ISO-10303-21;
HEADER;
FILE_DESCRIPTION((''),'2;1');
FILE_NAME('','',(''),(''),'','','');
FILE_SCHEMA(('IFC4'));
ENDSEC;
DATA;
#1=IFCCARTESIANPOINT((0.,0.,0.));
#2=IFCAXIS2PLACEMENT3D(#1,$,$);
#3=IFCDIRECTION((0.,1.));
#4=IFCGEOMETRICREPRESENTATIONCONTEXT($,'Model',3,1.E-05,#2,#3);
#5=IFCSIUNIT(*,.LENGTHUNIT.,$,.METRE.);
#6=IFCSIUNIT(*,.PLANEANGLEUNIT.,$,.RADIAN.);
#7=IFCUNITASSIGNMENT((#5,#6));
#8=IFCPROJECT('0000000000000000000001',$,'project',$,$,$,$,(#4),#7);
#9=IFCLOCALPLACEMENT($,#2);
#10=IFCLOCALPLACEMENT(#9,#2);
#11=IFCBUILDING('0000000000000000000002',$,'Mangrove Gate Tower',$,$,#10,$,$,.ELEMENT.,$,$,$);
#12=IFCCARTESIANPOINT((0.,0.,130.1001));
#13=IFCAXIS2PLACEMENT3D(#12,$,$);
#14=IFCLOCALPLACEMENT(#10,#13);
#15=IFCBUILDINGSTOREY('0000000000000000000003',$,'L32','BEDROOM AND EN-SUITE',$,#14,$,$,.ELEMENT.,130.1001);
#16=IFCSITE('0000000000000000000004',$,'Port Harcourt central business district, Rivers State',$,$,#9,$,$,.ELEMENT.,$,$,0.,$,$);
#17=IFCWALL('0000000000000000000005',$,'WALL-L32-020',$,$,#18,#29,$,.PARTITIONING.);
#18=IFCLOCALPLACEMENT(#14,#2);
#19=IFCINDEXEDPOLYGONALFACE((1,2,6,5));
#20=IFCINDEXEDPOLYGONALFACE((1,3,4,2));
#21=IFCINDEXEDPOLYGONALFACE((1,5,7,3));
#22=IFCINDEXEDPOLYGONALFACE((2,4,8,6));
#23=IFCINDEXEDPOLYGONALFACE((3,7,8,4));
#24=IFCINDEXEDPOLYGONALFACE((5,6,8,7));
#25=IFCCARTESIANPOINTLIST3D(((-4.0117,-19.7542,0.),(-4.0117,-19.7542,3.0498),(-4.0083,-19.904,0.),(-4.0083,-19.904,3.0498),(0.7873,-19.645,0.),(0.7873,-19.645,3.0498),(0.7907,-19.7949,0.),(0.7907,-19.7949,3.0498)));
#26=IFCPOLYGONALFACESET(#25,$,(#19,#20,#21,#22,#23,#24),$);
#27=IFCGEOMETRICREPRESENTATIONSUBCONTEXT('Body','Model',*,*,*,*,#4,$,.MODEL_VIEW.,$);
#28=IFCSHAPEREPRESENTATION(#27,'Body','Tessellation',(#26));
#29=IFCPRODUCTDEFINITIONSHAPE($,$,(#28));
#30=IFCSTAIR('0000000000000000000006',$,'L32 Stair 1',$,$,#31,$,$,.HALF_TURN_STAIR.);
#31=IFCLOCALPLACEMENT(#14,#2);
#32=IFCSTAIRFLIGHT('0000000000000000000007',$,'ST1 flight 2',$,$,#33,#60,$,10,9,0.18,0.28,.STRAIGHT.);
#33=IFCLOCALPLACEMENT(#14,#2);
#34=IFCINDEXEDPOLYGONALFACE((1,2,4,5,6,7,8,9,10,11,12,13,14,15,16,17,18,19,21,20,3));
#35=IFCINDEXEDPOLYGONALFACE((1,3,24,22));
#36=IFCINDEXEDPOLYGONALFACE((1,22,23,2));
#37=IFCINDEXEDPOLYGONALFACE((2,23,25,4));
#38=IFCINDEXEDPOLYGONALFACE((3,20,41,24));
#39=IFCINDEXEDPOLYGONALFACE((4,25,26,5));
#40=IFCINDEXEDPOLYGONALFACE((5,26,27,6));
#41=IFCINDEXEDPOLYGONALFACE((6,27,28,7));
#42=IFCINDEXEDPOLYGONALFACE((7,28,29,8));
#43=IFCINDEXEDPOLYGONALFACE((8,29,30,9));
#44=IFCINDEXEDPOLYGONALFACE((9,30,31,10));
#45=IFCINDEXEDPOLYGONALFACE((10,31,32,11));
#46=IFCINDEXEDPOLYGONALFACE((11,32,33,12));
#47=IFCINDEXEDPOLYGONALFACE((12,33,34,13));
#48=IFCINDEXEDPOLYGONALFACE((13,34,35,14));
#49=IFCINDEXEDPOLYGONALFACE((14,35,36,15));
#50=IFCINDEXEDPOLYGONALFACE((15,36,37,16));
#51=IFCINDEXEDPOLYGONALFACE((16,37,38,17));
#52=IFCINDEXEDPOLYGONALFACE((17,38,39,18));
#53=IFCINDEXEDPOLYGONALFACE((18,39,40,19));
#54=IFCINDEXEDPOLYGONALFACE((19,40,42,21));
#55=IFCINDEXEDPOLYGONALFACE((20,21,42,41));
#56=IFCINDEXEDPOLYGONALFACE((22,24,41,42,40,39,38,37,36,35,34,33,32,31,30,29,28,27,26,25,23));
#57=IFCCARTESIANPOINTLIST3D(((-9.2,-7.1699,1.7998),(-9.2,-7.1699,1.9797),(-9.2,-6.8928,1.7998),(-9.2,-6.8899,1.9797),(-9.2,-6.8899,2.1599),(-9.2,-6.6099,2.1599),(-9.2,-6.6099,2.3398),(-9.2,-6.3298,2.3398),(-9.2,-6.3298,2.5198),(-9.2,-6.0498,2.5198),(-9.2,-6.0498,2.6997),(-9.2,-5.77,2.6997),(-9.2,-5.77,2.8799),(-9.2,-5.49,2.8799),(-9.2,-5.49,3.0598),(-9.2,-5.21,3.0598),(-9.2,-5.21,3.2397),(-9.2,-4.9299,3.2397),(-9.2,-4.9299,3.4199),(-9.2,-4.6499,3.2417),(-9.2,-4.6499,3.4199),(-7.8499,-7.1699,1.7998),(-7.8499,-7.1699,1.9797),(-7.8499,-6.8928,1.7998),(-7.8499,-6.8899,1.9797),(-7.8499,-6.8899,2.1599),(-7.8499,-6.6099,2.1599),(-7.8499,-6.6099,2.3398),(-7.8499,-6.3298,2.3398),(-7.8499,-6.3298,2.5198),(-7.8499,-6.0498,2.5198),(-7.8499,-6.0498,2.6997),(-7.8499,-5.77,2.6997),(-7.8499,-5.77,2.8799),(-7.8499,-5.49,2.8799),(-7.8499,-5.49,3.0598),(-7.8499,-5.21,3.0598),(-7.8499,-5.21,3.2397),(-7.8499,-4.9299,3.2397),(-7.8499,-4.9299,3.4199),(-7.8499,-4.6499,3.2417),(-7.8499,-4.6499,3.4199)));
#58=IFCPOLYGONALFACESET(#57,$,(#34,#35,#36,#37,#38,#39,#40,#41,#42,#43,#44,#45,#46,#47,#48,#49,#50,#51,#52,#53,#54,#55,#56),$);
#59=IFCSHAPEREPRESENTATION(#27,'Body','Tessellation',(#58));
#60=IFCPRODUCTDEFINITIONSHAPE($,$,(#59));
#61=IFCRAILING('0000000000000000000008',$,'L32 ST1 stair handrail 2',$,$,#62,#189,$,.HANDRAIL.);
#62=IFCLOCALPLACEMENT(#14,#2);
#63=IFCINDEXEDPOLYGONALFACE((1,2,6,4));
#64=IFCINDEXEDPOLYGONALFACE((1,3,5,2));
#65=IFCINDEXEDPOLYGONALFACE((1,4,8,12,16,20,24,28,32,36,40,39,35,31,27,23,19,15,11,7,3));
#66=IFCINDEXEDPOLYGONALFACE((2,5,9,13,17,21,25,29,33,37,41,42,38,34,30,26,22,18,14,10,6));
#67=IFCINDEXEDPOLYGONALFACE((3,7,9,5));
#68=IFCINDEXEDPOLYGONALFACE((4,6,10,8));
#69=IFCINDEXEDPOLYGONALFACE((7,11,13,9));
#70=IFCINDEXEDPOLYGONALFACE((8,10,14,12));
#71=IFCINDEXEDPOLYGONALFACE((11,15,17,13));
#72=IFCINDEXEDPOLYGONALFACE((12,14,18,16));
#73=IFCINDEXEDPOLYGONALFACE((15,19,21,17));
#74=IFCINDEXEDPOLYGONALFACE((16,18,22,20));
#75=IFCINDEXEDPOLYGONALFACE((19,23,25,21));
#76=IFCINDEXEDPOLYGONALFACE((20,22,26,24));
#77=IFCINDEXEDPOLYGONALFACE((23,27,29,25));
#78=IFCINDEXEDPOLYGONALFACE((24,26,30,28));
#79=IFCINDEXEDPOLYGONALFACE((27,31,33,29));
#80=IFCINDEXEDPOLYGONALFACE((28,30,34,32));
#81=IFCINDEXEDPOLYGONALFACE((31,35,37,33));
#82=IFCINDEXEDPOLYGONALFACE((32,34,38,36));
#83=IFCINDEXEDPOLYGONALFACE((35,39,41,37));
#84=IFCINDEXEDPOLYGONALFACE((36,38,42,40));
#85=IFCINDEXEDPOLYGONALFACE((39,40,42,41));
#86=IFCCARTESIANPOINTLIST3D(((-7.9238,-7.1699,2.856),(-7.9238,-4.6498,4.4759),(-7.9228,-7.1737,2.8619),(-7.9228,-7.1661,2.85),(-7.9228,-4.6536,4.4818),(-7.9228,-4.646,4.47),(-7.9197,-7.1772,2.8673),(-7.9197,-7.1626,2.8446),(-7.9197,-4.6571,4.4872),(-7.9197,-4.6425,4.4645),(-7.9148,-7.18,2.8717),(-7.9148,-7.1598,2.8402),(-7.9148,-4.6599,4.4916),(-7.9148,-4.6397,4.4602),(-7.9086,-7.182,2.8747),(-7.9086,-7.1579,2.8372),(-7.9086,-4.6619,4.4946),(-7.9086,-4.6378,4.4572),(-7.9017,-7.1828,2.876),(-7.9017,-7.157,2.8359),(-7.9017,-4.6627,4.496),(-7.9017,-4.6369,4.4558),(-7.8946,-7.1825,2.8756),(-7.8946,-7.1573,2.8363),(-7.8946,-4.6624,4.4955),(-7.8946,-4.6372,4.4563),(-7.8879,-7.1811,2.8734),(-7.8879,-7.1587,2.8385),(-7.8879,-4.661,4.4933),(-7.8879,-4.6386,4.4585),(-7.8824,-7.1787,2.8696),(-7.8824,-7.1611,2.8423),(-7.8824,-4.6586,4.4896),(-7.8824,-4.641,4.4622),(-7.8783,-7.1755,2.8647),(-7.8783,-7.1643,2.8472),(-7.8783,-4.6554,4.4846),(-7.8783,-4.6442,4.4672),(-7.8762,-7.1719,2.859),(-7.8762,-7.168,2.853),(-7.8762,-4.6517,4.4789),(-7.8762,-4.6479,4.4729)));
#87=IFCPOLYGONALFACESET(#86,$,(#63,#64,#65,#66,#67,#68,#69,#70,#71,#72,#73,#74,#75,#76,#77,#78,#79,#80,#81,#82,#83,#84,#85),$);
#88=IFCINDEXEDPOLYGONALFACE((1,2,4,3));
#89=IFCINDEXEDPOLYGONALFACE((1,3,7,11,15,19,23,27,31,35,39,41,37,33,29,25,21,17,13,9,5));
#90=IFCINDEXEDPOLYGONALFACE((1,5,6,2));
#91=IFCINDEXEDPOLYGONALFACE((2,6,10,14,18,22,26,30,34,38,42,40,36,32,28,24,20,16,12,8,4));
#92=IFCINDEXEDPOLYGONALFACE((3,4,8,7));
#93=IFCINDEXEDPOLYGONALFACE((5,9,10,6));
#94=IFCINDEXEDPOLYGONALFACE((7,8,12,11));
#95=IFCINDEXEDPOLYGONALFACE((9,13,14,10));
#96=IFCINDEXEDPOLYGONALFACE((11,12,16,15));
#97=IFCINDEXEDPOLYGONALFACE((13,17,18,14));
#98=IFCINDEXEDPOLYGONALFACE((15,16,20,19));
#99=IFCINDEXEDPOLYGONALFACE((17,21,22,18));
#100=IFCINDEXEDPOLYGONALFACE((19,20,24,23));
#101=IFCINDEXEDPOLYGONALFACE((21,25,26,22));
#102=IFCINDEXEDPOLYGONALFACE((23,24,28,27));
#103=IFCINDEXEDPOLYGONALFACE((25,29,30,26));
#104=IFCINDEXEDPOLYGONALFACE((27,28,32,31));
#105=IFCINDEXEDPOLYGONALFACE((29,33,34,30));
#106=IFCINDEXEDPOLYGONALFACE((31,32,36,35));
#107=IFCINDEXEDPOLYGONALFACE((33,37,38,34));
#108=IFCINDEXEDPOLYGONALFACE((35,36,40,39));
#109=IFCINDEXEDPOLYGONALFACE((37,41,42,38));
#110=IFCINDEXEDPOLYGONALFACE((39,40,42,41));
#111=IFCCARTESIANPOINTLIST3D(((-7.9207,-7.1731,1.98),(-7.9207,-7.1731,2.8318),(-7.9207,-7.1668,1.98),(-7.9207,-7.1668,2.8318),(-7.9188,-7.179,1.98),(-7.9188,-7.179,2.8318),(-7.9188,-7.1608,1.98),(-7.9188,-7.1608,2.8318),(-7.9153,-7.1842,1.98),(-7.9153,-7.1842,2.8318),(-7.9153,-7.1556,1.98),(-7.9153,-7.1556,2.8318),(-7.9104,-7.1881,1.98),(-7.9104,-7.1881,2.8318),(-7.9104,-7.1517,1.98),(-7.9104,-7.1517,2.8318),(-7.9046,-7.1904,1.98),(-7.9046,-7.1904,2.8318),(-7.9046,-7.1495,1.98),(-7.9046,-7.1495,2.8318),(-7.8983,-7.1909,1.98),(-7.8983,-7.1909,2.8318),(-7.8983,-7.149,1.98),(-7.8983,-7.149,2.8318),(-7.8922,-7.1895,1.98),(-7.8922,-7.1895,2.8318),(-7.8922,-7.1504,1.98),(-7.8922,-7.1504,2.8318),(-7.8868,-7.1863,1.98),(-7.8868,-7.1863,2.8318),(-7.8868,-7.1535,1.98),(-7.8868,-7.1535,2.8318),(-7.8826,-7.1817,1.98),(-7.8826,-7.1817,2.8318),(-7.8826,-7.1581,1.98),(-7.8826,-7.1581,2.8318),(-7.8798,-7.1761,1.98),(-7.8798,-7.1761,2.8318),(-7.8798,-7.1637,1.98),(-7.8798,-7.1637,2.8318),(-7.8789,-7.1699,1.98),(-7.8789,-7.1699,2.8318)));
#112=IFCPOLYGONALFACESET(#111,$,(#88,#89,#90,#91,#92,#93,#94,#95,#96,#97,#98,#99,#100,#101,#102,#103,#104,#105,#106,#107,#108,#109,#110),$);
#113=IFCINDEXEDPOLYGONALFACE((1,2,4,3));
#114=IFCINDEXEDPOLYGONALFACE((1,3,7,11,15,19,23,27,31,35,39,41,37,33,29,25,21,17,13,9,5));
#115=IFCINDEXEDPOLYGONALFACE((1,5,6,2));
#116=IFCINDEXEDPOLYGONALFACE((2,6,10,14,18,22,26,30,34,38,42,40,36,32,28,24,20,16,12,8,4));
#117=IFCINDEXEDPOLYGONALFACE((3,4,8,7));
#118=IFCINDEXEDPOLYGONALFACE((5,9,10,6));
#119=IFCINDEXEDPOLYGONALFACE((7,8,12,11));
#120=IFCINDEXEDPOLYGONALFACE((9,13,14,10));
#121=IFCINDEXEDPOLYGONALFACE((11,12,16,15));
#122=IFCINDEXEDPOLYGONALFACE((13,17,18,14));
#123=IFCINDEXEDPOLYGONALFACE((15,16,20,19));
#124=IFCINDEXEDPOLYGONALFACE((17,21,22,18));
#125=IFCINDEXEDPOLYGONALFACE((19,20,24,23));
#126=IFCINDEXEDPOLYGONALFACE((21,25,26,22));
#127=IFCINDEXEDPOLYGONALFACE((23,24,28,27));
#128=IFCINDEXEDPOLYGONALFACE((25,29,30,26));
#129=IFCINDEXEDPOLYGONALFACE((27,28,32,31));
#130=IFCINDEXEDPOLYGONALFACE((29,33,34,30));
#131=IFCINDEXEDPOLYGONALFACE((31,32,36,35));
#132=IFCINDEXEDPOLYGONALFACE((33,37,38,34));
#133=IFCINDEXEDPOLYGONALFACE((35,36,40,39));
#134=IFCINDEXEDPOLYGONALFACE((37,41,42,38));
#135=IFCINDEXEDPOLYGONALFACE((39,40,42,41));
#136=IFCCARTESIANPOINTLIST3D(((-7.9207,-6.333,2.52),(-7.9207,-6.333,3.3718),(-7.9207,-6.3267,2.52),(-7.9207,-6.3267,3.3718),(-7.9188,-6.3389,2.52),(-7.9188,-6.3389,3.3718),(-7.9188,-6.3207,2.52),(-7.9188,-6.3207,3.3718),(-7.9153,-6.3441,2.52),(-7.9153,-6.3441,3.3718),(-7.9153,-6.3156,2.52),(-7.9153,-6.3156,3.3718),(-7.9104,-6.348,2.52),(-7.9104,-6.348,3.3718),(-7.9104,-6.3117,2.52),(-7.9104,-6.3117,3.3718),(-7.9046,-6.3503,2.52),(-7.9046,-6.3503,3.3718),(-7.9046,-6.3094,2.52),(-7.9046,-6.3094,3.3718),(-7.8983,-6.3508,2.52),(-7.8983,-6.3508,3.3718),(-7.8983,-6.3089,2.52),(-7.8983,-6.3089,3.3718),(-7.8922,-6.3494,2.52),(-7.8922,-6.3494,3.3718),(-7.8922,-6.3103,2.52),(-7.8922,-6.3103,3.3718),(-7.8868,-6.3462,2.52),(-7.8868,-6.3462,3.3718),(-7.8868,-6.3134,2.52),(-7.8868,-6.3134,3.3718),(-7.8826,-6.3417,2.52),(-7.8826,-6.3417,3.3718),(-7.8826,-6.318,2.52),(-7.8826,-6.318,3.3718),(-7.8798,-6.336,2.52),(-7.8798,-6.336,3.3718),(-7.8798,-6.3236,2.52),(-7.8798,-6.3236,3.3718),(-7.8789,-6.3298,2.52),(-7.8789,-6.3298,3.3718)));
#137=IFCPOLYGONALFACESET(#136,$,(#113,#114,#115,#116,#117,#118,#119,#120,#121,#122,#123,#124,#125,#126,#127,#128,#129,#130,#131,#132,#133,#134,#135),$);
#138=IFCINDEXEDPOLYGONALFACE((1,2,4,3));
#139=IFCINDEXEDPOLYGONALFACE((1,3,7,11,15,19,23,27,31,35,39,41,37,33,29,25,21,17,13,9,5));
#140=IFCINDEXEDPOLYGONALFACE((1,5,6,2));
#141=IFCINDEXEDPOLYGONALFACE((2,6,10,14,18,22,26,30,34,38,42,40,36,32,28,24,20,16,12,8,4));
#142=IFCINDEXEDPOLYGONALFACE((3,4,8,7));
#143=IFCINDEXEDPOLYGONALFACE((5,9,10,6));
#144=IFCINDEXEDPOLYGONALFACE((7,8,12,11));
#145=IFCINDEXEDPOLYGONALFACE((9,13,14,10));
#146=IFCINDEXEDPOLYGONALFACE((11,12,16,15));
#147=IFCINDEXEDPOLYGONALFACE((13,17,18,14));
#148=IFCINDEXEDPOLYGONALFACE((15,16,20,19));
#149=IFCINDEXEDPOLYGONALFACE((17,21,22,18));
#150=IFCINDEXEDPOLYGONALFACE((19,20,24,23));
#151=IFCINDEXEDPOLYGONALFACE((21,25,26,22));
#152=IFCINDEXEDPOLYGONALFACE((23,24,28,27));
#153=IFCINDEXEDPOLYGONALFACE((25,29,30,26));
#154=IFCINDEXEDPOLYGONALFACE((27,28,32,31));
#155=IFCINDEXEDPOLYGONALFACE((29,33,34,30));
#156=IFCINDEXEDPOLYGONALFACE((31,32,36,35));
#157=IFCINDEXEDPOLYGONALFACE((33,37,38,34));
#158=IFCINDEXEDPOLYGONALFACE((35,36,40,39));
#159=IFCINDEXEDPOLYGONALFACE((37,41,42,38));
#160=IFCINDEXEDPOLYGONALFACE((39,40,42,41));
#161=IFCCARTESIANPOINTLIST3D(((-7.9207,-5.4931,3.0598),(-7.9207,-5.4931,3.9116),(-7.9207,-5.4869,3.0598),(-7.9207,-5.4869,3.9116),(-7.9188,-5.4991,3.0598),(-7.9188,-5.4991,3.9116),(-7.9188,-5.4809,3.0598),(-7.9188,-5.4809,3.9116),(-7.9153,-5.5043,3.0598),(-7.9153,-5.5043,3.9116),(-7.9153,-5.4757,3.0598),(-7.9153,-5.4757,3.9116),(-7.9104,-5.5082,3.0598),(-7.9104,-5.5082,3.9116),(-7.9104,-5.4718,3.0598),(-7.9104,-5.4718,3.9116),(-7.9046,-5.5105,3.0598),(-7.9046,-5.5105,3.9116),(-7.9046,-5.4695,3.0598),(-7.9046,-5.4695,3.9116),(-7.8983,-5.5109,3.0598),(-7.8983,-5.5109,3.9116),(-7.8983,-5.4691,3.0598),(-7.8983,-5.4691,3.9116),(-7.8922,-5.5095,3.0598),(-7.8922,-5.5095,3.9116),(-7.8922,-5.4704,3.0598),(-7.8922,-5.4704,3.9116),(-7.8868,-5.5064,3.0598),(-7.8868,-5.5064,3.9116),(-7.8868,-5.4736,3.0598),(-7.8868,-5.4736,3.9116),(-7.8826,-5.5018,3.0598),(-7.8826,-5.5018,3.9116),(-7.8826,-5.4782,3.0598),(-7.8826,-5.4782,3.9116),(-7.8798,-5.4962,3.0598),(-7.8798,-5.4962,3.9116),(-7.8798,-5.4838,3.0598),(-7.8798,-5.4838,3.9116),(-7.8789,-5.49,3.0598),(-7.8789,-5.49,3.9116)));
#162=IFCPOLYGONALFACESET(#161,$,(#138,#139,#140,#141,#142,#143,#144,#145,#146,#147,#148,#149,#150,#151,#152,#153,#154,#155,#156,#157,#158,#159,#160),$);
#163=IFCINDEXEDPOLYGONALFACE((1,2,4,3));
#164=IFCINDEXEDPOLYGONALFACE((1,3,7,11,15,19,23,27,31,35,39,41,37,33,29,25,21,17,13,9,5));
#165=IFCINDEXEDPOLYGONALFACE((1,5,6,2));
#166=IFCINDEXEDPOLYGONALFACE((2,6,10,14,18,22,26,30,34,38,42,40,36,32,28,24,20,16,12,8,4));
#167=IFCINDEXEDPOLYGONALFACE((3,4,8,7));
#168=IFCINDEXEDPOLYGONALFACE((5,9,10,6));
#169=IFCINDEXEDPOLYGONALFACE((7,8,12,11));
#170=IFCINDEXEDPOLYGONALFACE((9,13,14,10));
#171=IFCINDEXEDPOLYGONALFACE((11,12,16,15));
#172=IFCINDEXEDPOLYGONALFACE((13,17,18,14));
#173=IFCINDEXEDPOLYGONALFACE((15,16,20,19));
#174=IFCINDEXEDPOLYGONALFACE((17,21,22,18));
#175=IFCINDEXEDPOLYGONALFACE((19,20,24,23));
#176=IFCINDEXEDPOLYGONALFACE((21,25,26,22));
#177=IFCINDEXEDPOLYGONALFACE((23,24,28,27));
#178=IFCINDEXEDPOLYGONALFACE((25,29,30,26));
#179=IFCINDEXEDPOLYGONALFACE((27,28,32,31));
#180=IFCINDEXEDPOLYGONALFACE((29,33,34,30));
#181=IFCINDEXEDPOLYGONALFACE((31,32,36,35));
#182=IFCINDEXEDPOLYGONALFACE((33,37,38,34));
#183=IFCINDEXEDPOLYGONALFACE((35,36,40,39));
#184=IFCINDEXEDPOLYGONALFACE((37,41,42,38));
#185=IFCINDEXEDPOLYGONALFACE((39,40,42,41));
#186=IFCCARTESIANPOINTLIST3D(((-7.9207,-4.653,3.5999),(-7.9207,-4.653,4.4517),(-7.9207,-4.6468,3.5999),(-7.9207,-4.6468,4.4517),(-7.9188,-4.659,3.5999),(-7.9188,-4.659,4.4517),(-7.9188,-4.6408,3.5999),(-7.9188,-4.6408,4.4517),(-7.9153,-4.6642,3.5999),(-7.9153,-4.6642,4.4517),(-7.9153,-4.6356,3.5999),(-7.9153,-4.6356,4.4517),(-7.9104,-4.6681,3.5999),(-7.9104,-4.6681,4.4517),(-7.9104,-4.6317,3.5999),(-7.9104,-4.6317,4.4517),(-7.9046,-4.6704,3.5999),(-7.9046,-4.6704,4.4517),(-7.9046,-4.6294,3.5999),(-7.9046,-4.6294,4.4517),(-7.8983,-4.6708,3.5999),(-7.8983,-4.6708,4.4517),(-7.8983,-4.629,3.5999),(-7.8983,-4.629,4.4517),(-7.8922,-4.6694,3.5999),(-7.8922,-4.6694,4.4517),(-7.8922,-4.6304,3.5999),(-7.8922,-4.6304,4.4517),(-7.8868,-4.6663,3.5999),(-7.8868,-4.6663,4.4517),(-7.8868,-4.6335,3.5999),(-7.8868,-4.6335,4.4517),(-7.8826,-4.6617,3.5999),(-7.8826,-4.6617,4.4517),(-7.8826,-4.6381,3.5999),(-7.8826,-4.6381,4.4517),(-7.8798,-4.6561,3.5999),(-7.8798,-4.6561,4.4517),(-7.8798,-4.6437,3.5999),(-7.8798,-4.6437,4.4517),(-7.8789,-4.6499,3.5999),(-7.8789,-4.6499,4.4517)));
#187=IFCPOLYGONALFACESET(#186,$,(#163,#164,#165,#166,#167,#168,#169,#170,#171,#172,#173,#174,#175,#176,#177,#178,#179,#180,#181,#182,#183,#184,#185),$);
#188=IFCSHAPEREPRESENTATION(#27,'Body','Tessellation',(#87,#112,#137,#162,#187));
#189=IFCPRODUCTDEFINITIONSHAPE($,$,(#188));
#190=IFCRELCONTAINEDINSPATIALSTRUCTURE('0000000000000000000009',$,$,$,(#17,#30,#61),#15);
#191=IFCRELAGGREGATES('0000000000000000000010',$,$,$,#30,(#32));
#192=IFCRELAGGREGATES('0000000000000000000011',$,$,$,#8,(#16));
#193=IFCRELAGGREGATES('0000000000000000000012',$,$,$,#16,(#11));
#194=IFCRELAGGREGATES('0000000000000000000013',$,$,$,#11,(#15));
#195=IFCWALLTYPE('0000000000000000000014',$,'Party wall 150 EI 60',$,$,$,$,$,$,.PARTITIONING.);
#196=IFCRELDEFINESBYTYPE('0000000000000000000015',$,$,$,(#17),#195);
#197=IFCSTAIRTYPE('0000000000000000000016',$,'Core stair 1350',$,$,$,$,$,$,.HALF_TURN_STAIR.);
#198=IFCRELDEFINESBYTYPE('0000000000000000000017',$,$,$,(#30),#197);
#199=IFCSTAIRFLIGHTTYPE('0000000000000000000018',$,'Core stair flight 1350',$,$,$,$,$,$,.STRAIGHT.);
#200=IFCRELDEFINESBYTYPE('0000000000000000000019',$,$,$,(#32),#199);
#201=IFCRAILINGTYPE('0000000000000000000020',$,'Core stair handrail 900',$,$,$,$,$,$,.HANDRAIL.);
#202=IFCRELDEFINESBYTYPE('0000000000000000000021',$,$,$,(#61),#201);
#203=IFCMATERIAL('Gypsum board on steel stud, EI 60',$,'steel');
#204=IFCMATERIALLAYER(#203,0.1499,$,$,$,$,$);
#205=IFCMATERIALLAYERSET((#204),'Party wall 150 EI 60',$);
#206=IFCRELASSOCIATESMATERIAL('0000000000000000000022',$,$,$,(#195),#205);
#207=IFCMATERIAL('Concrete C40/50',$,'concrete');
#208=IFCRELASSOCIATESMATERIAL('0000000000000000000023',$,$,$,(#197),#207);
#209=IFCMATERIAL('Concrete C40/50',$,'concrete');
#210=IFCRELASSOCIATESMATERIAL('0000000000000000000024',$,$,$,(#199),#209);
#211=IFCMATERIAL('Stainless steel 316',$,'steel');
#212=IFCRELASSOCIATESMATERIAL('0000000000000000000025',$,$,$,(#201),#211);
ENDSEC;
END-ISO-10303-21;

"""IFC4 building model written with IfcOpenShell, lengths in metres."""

from ifc_helpers import new_model, si_unit, direction, frame, frame_2d, origin, origin_2d, place, context, subcontext, project, spatial, polyline, rectangle, circle, outline, extrude, material, layer, layer_set, type_object, element, aggregate, save


model = new_model("IFC4")

# Units and contexts
model_context = context("Model", 3, precision=1e-05, world=origin(), true_north=direction((0.0, 1.0)))
body_context = subcontext(model_context, "Body", "Model", "MODEL_VIEW")
ifc_project = project(units=[si_unit("LENGTHUNIT", "METRE"), si_unit("PLANEANGLEUNIT", "RADIAN")], contexts=[model_context])

# Site, building, storey
site_placement = place(None, origin())
site = spatial("IfcSite", under=ifc_project, at=site_placement, Name="Port Harcourt central business district, Rivers State", CompositionType="ELEMENT", RefElevation=0.0)
building_placement = place(site_placement, origin())
building = spatial("IfcBuilding", under=site, at=building_placement, Name="Mangrove Gate Tower", CompositionType="ELEMENT")
storey_placement = place(building_placement, frame((0.0, 0.0, 130.1001)))
storey = spatial("IfcBuildingStorey", under=building, at=storey_placement, Name="L32", Description="BEDROOM AND EN-SUITE", CompositionType="ELEMENT", Elevation=130.1001)

# Shared definitions
ifc_material_1 = material(Name="Gypsum board on steel stud, EI 60", Category="steel")
ifc_layer_1 = layer(ifc_material_1, 0.1499)
ifc_layer_set_1 = layer_set([ifc_layer_1], Name="Party wall 150 EI 60")
wall_type_1 = type_object("IfcWallType", Name="Party wall 150 EI 60", PredefinedType="PARTITIONING", material=ifc_layer_set_1)

# Wall
wall_1_placement = place(storey_placement, frame((-4.01, -19.8291, 0.0), z_axis=(0.0, 0.0, 1.0), x_axis=(0.999742, 0.022734, 0.0)))
element("IfcWall", 1, at=wall_1_placement, inside=storey, type_object=wall_type_1, Name="WALL-L32-020", PredefinedType="PARTITIONING", context=body_context, shape_type="SweptSolid", body=[
    extrude(rectangle(XDim=4.8003, YDim=0.1499, at=frame_2d((2.4001, 0.0))), origin(), (0.0, 0.0, 1.0), 3.0498),
])

# Stair, stair flight
ifc_material_2 = material(Name="Concrete C40/50", Category="concrete")
stair_type = type_object("IfcStairType", Name="Core stair 1350", PredefinedType="HALF_TURN_STAIR", material=ifc_material_2)
stair_placement = place(storey_placement, origin())
stair = element("IfcStair", 2, at=stair_placement, inside=storey, type_object=stair_type, Name="L32 Stair 1", PredefinedType="HALF_TURN_STAIR")
ifc_material_3 = material(Name="Concrete C40/50", Category="concrete")
stair_flight_type = type_object("IfcStairFlightType", Name="Core stair flight 1350", PredefinedType="STRAIGHT", material=ifc_material_3)
stair_flight_placement = place(storey_placement, frame((-8.5249, -7.1699, 1.7998), z_axis=(0.0, 0.0, 1.0), x_axis=(0.0, 1.0, 0.0)))
stair_flight = element("IfcStairFlight", 3, at=stair_flight_placement, type_object=stair_flight_type, Name="ST1 flight 2", NumberOfRisers=10, NumberOfTreads=9, PredefinedType="STRAIGHT", RiserHeight=0.18, TreadLength=0.28, context=body_context, shape_type="SweptSolid", body=[
    extrude(outline(polyline([(0.0, 0.0), (0.0, 0.1799), (0.28, 0.1799), (0.28, 0.3601), (0.5601, 0.3601), (0.5601, 0.54), (0.8401, 0.54), (0.8401, 0.72), (1.1201, 0.72), (1.1201, 0.8999), (1.3999, 0.8999), (1.3999, 1.0801), (1.6799, 1.0801), (1.6799, 1.26), (1.96, 1.26), (1.96, 1.4399), (2.24, 1.4399), (2.24, 1.6201), (2.52, 1.6201), (2.52, 1.8), (2.52, 1.4419), (0.2771, 0.0), (0.0, 0.0)])), frame((0.0, 0.675, 0.0), z_axis=(0.0, -1.0, 0.0), x_axis=(1.0, 0.0, 0.0)), (0.0, 0.0, 1.0), 1.3501),
])
aggregate(stair, [stair_flight])

# Railing
ifc_material_4 = material(Name="Stainless steel 316", Category="steel")
railing_type = type_object("IfcRailingType", Name="Core stair handrail 900", PredefinedType="HANDRAIL", material=ifc_material_4)
railing_placement = place(storey_placement, frame((-7.8999, -7.1699, 1.98)))
element("IfcRailing", 4, at=railing_placement, inside=storey, type_object=railing_type, Name="L32 ST1 stair handrail 2", PredefinedType="HANDRAIL", context=body_context, shape_type="SweptSolid", body=[
    extrude(circle(Radius=0.0239, at=origin_2d()), frame((0.0, 0.0, 0.876), z_axis=(0.0, 0.8412, 0.540725), x_axis=(-1.0, 0.0, 0.0)), (0.0, 0.0, 1.0), 2.9958),
    extrude(circle(Radius=0.021, at=origin_2d()), origin(), (0.0, 0.0, 1.0), 0.8518),
    extrude(circle(Radius=0.021, at=origin_2d()), frame((0.0, 0.8401, 0.54)), (0.0, 0.0, 1.0), 0.8518),
    extrude(circle(Radius=0.021, at=origin_2d()), frame((0.0, 1.6799, 1.0798)), (0.0, 0.0, 1.0), 0.8518),
    extrude(circle(Radius=0.021, at=origin_2d()), frame((0.0, 2.52, 1.6199)), (0.0, 0.0, 1.0), 0.8518),
])

save(model, "model.ifc")
